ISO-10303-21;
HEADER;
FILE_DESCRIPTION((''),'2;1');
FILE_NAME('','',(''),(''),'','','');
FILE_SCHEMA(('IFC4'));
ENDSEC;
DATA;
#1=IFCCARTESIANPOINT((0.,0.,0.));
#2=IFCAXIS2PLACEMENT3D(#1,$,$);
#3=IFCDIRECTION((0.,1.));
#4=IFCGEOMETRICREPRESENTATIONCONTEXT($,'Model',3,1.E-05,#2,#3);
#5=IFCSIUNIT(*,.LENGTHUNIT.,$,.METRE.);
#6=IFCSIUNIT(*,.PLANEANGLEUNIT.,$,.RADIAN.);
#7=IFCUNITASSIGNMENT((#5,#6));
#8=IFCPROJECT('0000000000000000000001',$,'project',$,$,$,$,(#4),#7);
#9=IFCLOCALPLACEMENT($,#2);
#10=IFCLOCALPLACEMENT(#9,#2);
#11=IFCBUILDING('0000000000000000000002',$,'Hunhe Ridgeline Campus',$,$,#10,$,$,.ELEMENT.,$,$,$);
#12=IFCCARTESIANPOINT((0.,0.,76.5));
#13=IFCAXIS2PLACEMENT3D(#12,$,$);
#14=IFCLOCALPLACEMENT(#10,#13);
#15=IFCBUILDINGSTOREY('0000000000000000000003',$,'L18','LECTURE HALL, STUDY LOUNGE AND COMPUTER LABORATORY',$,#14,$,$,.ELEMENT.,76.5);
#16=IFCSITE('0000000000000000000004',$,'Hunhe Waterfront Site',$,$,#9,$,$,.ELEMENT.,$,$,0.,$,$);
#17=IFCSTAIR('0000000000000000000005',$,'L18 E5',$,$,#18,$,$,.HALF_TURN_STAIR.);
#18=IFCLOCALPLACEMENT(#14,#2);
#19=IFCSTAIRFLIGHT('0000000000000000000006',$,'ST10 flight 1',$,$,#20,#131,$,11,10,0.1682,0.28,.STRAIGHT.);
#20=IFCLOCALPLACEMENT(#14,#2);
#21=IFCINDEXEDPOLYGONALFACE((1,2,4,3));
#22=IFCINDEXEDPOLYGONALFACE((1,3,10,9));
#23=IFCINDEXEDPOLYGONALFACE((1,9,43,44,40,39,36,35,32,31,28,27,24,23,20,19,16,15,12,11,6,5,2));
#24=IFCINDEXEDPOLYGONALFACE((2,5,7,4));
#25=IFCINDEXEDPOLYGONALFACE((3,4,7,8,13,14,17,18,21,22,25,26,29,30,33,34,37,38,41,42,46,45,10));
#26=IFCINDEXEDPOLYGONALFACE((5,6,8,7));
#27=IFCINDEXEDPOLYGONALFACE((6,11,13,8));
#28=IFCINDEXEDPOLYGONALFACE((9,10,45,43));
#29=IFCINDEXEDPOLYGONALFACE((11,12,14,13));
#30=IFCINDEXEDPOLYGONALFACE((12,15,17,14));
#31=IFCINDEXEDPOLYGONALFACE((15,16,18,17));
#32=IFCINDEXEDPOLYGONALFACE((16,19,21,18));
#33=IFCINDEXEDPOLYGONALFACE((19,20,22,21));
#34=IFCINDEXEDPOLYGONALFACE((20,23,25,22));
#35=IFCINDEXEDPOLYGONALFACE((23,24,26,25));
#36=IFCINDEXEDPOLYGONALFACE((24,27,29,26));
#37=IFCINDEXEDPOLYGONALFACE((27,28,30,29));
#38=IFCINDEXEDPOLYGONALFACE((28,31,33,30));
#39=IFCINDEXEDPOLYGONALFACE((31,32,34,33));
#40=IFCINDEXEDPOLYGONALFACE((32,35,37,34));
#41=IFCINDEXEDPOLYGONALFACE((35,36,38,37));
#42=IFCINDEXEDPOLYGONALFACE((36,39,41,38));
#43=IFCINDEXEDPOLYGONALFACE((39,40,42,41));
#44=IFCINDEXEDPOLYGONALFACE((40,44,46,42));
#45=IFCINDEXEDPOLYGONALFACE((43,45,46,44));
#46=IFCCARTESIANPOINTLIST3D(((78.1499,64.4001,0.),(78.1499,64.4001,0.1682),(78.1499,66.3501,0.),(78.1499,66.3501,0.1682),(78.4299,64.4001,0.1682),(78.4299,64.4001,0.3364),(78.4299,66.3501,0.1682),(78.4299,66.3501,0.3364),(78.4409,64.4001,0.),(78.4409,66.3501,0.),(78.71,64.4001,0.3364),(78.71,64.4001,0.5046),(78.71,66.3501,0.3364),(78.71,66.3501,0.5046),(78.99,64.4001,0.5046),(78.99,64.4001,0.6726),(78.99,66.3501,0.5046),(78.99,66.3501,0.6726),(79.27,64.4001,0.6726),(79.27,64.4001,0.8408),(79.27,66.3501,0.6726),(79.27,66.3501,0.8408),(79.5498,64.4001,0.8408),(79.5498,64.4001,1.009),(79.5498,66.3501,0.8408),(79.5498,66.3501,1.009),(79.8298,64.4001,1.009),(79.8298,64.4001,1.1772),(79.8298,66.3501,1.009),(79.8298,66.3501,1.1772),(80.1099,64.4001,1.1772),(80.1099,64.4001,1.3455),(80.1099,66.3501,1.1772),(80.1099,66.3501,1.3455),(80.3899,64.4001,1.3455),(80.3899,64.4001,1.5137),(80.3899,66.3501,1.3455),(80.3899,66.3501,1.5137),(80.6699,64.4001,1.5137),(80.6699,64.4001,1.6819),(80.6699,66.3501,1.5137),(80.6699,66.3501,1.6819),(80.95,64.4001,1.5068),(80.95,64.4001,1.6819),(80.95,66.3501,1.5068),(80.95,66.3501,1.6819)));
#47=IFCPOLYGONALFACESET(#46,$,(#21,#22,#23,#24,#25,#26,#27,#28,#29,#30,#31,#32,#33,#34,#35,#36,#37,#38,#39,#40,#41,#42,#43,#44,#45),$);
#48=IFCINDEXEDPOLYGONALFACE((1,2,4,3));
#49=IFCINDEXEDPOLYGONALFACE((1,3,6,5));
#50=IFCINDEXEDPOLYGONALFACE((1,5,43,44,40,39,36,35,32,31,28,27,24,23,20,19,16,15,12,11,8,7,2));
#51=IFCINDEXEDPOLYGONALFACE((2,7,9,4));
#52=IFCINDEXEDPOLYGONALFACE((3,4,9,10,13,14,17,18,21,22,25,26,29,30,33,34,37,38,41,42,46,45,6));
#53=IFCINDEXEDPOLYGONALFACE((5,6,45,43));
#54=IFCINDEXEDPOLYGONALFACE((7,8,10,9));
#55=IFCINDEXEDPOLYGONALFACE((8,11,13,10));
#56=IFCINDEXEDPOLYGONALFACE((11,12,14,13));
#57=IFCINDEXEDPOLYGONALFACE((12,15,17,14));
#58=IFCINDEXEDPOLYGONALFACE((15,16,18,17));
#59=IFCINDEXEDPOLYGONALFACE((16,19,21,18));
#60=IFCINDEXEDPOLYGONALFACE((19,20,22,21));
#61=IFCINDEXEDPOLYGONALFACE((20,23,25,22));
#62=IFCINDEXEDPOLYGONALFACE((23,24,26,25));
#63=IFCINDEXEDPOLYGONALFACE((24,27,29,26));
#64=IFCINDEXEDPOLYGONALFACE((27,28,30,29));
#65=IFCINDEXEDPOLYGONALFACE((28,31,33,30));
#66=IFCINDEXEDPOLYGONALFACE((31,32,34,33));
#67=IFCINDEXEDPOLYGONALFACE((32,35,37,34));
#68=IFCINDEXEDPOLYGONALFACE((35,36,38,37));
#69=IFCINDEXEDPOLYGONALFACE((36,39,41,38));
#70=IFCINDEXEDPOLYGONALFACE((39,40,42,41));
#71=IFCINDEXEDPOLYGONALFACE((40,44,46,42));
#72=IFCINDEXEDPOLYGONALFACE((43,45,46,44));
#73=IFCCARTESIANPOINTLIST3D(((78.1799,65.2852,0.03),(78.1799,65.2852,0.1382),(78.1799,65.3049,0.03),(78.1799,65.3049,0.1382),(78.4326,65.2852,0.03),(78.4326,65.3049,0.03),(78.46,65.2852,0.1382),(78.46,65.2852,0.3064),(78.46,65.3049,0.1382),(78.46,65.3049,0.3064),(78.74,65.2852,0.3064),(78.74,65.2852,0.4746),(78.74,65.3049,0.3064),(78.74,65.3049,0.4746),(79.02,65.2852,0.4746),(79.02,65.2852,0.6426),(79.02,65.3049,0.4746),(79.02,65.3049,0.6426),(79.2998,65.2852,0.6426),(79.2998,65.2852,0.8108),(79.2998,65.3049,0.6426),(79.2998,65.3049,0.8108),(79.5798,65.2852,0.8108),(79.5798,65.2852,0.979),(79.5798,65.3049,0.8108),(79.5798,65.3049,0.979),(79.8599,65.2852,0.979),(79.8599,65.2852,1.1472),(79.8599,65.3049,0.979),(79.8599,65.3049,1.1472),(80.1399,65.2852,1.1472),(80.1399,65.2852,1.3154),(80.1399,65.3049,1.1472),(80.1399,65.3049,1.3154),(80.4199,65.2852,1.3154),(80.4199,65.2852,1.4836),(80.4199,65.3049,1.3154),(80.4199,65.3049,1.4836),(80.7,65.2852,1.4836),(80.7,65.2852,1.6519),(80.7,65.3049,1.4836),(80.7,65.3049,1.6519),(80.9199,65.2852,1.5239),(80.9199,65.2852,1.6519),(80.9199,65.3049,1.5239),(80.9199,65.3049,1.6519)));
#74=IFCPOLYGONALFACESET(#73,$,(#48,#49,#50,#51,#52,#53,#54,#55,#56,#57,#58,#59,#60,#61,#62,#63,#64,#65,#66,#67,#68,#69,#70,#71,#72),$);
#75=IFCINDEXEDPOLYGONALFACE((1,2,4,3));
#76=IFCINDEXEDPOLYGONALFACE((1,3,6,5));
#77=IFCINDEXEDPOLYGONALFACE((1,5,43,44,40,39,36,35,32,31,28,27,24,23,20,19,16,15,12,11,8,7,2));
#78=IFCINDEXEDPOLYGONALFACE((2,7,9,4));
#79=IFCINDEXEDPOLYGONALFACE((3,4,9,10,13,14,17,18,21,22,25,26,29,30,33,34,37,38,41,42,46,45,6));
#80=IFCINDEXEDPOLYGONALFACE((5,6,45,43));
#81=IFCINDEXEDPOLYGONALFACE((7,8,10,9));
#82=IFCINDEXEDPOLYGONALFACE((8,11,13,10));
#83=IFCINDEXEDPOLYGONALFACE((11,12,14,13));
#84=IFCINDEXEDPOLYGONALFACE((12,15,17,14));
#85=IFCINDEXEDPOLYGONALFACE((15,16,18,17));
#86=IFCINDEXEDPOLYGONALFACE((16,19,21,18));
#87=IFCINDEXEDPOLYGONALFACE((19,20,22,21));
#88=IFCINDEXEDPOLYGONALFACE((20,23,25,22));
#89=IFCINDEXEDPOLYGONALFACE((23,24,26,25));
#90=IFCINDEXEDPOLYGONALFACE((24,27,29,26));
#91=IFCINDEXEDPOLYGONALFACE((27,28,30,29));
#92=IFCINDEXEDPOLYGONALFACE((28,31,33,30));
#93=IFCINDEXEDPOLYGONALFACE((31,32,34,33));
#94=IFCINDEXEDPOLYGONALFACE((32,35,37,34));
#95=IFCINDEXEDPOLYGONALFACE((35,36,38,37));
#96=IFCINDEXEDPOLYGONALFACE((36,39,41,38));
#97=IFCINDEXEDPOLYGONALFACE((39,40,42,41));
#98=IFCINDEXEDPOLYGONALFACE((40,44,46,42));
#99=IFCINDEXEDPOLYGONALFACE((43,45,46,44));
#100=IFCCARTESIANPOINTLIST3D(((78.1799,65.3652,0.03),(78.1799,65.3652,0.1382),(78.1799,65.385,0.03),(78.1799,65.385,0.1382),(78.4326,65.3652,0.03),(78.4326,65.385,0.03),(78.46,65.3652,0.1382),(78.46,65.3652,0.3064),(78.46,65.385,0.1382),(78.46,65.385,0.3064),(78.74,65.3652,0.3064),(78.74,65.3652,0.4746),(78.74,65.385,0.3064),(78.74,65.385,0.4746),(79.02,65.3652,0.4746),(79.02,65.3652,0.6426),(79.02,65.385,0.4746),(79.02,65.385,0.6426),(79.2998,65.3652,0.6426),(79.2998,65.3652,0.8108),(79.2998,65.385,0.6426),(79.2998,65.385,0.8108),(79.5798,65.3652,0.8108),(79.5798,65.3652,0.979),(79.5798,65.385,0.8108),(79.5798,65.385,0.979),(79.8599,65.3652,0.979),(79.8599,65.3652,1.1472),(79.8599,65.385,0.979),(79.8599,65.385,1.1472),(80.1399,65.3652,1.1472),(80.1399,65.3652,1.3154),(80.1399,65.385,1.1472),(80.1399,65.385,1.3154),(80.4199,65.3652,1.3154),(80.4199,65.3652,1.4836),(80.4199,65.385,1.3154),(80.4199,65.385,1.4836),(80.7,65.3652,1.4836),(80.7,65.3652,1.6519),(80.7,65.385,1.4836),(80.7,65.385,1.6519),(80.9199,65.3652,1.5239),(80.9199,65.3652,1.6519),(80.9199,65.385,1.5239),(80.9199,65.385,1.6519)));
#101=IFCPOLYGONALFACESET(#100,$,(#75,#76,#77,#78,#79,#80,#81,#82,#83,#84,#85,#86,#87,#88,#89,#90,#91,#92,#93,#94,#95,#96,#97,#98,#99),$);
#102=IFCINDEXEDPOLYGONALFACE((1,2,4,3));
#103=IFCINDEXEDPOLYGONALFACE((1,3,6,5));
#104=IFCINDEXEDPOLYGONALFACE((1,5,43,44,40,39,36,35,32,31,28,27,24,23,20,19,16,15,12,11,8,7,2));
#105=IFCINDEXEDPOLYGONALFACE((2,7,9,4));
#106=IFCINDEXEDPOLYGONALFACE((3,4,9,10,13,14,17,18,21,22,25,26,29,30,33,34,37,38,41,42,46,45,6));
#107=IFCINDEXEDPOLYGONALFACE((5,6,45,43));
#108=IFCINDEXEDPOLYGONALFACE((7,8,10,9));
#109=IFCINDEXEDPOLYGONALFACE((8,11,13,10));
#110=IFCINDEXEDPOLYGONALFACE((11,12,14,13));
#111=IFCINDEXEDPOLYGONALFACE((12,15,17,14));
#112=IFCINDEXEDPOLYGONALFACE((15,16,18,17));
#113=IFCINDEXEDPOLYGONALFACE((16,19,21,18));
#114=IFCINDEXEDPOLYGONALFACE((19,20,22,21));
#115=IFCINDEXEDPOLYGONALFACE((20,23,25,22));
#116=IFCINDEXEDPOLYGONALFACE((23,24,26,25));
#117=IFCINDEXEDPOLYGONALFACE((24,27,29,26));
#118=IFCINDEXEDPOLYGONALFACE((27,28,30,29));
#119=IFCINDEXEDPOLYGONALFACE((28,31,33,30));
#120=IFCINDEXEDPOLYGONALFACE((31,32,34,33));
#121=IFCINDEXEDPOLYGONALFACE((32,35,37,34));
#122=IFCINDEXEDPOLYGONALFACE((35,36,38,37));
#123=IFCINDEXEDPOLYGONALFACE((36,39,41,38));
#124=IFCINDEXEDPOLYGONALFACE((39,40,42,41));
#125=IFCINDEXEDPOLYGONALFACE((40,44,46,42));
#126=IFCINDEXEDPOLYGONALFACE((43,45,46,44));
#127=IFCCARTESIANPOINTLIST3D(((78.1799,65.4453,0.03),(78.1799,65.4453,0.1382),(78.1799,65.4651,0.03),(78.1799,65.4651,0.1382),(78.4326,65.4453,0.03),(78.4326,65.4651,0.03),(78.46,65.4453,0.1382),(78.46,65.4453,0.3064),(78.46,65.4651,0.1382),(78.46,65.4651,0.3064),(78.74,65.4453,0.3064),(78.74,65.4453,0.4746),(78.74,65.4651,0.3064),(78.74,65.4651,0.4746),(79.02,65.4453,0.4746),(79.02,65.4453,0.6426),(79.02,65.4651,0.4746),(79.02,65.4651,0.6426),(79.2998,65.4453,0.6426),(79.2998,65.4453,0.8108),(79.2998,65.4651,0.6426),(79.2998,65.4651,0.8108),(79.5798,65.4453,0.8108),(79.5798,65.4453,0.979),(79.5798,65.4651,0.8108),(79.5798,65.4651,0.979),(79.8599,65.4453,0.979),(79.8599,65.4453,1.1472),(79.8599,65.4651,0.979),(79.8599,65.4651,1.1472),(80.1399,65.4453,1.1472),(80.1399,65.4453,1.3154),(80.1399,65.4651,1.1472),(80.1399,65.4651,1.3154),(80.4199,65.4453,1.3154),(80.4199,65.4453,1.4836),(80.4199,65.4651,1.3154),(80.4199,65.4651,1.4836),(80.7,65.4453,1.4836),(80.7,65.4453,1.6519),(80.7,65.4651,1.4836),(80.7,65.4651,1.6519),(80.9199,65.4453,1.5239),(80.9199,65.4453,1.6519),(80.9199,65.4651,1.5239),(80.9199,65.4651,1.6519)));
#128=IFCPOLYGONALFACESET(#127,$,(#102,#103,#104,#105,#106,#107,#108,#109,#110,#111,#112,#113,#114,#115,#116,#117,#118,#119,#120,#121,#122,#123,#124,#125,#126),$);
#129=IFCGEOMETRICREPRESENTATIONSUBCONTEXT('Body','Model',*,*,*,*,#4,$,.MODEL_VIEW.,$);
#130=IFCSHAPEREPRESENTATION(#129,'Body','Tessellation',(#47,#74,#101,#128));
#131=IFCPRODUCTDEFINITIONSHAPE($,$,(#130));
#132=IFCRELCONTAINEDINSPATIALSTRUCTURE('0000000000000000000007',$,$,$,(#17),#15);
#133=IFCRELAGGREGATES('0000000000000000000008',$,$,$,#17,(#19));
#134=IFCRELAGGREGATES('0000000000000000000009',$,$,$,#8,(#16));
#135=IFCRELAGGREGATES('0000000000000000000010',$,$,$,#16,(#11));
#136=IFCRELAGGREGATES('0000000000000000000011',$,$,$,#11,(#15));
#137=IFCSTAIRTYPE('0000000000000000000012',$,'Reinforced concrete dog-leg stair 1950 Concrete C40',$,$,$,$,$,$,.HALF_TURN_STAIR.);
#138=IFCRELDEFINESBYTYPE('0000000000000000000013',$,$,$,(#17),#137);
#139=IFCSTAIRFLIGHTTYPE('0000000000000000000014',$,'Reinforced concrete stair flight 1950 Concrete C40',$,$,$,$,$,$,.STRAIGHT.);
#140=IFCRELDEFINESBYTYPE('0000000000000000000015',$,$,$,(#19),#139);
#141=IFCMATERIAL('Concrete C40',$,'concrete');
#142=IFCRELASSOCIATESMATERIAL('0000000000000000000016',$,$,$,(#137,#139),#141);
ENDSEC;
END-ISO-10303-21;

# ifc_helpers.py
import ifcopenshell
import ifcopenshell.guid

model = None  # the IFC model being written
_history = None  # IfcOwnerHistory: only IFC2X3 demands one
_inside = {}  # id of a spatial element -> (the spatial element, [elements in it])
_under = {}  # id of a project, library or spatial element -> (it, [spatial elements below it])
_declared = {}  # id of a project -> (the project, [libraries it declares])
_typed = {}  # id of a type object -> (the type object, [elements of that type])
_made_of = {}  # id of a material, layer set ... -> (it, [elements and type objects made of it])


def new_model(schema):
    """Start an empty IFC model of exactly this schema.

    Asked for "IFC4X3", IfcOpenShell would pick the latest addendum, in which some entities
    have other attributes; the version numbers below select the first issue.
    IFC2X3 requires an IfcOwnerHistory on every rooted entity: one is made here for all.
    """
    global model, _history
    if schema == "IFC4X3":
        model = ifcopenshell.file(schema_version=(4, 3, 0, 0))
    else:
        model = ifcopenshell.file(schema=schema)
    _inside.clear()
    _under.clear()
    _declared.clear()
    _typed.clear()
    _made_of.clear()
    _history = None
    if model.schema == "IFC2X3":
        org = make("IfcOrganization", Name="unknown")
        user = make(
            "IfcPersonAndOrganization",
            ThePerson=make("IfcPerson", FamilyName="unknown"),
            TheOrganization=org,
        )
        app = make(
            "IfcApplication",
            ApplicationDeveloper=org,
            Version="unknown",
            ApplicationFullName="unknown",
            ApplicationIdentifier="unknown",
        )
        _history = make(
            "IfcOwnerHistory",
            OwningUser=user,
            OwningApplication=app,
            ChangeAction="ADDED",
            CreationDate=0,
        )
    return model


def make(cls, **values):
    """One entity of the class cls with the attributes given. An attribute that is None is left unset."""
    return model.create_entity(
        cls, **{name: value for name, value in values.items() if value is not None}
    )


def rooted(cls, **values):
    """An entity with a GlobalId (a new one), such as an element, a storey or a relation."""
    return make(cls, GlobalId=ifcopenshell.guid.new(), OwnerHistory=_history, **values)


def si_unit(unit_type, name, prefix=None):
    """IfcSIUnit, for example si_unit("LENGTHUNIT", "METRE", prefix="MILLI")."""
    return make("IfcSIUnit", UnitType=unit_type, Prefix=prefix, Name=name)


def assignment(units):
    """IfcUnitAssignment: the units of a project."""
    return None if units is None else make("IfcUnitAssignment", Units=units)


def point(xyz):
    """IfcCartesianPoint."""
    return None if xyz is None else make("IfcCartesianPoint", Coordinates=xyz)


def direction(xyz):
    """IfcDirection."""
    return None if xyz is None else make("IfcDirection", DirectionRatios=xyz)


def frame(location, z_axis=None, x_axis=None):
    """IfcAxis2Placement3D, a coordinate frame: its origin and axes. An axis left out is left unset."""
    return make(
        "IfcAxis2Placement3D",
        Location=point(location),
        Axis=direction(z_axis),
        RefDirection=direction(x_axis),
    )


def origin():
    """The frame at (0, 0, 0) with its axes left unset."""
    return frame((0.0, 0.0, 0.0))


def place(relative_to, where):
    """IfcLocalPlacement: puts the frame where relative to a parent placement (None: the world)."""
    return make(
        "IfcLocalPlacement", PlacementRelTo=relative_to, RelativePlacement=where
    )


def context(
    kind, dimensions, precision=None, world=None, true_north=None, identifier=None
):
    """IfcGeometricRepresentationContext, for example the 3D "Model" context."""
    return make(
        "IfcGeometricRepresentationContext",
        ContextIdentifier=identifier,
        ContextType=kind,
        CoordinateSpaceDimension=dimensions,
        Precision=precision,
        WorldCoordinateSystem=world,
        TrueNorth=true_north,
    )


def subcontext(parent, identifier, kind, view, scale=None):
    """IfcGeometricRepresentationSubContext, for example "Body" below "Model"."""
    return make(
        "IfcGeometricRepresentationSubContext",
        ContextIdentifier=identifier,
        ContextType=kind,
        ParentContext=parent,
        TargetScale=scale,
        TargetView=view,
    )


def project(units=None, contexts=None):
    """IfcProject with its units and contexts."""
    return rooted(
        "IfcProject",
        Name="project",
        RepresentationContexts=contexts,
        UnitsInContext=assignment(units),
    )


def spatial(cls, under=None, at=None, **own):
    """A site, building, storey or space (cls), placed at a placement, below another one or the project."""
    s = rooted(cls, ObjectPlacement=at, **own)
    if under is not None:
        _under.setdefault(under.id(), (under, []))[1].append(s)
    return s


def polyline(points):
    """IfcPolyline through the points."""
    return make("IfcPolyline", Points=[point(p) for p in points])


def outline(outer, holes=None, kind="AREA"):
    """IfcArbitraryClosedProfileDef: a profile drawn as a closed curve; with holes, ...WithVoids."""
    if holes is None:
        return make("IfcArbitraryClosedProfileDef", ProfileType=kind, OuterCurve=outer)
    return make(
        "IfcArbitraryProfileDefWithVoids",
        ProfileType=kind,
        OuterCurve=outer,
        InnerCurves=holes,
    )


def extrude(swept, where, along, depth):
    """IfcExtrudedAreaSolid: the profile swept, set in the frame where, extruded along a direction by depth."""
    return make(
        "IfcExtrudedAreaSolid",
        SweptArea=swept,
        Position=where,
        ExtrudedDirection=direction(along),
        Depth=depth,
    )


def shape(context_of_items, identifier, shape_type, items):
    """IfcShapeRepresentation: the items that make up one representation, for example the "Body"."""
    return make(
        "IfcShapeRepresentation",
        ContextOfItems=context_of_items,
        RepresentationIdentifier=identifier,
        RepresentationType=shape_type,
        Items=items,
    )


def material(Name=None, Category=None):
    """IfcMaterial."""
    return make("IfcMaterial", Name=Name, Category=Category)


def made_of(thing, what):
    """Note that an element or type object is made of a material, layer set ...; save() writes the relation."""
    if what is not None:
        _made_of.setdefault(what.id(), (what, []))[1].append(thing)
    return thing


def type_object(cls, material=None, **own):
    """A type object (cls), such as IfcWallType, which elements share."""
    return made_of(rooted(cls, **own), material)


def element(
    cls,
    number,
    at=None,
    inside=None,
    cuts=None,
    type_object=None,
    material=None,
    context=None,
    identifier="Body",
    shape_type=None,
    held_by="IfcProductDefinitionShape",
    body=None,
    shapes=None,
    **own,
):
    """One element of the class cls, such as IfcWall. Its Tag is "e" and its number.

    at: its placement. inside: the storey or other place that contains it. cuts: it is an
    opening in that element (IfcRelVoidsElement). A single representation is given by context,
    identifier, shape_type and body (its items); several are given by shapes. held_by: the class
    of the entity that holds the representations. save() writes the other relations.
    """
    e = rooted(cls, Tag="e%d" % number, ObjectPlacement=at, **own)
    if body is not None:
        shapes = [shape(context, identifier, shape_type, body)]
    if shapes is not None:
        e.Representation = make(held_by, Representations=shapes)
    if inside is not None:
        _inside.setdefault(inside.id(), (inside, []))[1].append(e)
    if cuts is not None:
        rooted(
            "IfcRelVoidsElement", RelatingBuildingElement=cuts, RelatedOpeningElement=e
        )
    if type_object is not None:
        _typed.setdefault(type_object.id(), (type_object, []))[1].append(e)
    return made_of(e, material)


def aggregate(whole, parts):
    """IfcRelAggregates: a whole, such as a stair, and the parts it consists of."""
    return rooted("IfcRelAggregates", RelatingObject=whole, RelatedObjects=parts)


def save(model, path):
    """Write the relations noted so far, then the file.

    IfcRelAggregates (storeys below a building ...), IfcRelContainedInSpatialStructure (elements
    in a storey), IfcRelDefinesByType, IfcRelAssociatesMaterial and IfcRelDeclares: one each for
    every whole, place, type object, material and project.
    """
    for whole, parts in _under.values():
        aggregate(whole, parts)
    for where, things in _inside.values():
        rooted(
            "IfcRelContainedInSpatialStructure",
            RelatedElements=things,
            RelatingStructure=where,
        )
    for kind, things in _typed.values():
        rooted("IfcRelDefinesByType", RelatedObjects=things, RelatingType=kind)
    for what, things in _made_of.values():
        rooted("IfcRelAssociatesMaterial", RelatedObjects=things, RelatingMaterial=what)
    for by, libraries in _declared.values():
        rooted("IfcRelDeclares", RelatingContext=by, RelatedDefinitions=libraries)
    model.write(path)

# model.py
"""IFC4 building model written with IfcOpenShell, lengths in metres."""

from ifc_helpers import new_model, si_unit, direction, frame, origin, place, context, subcontext, project, spatial, polyline, outline, extrude, material, type_object, element, aggregate, save


model = new_model("IFC4")

# Units and contexts
model_context = context("Model", 3, precision=1e-05, world=origin(), true_north=direction((0.0, 1.0)))
body_context = subcontext(model_context, "Body", "Model", "MODEL_VIEW")
ifc_project = project(units=[si_unit("LENGTHUNIT", "METRE"), si_unit("PLANEANGLEUNIT", "RADIAN")], contexts=[model_context])

# Site, building, storey
site_placement = place(None, origin())
site = spatial("IfcSite", under=ifc_project, at=site_placement, Name="Hunhe Waterfront Site", CompositionType="ELEMENT", RefElevation=0.0)
building_placement = place(site_placement, origin())
building = spatial("IfcBuilding", under=site, at=building_placement, Name="Hunhe Ridgeline Campus", CompositionType="ELEMENT")
storey_placement = place(building_placement, frame((0.0, 0.0, 76.5)))
storey = spatial("IfcBuildingStorey", under=building, at=storey_placement, Name="L18", Description="LECTURE HALL, STUDY LOUNGE AND COMPUTER LABORATORY", CompositionType="ELEMENT", Elevation=76.5)

# Stair, stair flight
ifc_material_1 = material(Name="Concrete C40", Category="concrete")
stair_type = type_object("IfcStairType", Name="Reinforced concrete dog-leg stair 1950 Concrete C40", PredefinedType="HALF_TURN_STAIR", material=ifc_material_1)
stair_placement = place(storey_placement, origin())
stair = element("IfcStair", 1, at=stair_placement, inside=storey, type_object=stair_type, Name="L18 E5", PredefinedType="HALF_TURN_STAIR")
stair_flight_type = type_object("IfcStairFlightType", Name="Reinforced concrete stair flight 1950 Concrete C40", PredefinedType="STRAIGHT", material=ifc_material_1)
stair_flight_1_placement = place(storey_placement, frame((78.1499, 65.375, 0.0), z_axis=(0.0, 0.0, 1.0), x_axis=(1.0, 0.0, 0.0)))
stair_flight_1 = element("IfcStairFlight", 2, at=stair_flight_1_placement, type_object=stair_flight_type, Name="ST10 flight 1", NumberOfRisers=11, NumberOfTreads=10, PredefinedType="STRAIGHT", RiserHeight=0.1682, TreadLength=0.28, context=body_context, shape_type="SweptSolid", body=[
    extrude(outline(polyline([(0.0, 0.0), (0.0, 0.1682), (0.28, 0.1682), (0.28, 0.3364), (0.5601, 0.3364), (0.5601, 0.5046), (0.8401, 0.5046), (0.8401, 0.6726), (1.1201, 0.6726), (1.1201, 0.8408), (1.3999, 0.8408), (1.3999, 1.009), (1.6799, 1.009), (1.6799, 1.1772), (1.96, 1.1772), (1.96, 1.3455), (2.24, 1.3455), (2.24, 1.5137), (2.52, 1.5137), (2.52, 1.6819), (2.8, 1.6819), (2.8, 1.8501), (2.8, 1.5068), (0.291, 0.0), (0.0, 0.0)])), frame((0.0, 0.9751, 0.0), z_axis=(0.0, -1.0, 0.0), x_axis=(1.0, 0.0, 0.0)), (0.0, 0.0, 1.0), 1.95),
    extrude(outline(polyline([(0.03, 0.03), (0.03, 0.1382), (0.3101, 0.1382), (0.3101, 0.3064), (0.5901, 0.3064), (0.5901, 0.4746), (0.8701, 0.4746), (0.8701, 0.6426), (1.1499, 0.6426), (1.1499, 0.8108), (1.4299, 0.8108), (1.4299, 0.979), (1.71, 0.979), (1.71, 1.1472), (1.99, 1.1472), (1.99, 1.3154), (2.27, 1.3154), (2.27, 1.4836), (2.55, 1.4836), (2.55, 1.6519), (2.77, 1.6519), (2.77, 1.5239), (0.2827, 0.03), (0.03, 0.03)])), frame((0.0, -0.0701, 0.0), z_axis=(0.0, -1.0, 0.0), x_axis=(1.0, 0.0, 0.0)), (0.0, 0.0, 1.0), 0.0198),
    extrude(outline(polyline([(0.03, 0.03), (0.03, 0.1382), (0.3101, 0.1382), (0.3101, 0.3064), (0.5901, 0.3064), (0.5901, 0.4746), (0.8701, 0.4746), (0.8701, 0.6426), (1.1499, 0.6426), (1.1499, 0.8108), (1.4299, 0.8108), (1.4299, 0.979), (1.71, 0.979), (1.71, 1.1472), (1.99, 1.1472), (1.99, 1.3154), (2.27, 1.3154), (2.27, 1.4836), (2.55, 1.4836), (2.55, 1.6519), (2.77, 1.6519), (2.77, 1.5239), (0.2827, 0.03), (0.03, 0.03)])), frame((0.0, 0.01, 0.0), z_axis=(0.0, -1.0, 0.0), x_axis=(1.0, 0.0, 0.0)), (0.0, 0.0, 1.0), 0.0198),
    extrude(outline(polyline([(0.03, 0.03), (0.03, 0.1382), (0.3101, 0.1382), (0.3101, 0.3064), (0.5901, 0.3064), (0.5901, 0.4746), (0.8701, 0.4746), (0.8701, 0.6426), (1.1499, 0.6426), (1.1499, 0.8108), (1.4299, 0.8108), (1.4299, 0.979), (1.71, 0.979), (1.71, 1.1472), (1.99, 1.1472), (1.99, 1.3154), (2.27, 1.3154), (2.27, 1.4836), (2.55, 1.4836), (2.55, 1.6519), (2.77, 1.6519), (2.77, 1.5239), (0.2827, 0.03), (0.03, 0.03)])), frame((0.0, 0.0901, 0.0), z_axis=(0.0, -1.0, 0.0), x_axis=(1.0, 0.0, 0.0)), (0.0, 0.0, 1.0), 0.0198),
])
aggregate(stair, [stair_flight_1])

save(model, "model.ifc")
